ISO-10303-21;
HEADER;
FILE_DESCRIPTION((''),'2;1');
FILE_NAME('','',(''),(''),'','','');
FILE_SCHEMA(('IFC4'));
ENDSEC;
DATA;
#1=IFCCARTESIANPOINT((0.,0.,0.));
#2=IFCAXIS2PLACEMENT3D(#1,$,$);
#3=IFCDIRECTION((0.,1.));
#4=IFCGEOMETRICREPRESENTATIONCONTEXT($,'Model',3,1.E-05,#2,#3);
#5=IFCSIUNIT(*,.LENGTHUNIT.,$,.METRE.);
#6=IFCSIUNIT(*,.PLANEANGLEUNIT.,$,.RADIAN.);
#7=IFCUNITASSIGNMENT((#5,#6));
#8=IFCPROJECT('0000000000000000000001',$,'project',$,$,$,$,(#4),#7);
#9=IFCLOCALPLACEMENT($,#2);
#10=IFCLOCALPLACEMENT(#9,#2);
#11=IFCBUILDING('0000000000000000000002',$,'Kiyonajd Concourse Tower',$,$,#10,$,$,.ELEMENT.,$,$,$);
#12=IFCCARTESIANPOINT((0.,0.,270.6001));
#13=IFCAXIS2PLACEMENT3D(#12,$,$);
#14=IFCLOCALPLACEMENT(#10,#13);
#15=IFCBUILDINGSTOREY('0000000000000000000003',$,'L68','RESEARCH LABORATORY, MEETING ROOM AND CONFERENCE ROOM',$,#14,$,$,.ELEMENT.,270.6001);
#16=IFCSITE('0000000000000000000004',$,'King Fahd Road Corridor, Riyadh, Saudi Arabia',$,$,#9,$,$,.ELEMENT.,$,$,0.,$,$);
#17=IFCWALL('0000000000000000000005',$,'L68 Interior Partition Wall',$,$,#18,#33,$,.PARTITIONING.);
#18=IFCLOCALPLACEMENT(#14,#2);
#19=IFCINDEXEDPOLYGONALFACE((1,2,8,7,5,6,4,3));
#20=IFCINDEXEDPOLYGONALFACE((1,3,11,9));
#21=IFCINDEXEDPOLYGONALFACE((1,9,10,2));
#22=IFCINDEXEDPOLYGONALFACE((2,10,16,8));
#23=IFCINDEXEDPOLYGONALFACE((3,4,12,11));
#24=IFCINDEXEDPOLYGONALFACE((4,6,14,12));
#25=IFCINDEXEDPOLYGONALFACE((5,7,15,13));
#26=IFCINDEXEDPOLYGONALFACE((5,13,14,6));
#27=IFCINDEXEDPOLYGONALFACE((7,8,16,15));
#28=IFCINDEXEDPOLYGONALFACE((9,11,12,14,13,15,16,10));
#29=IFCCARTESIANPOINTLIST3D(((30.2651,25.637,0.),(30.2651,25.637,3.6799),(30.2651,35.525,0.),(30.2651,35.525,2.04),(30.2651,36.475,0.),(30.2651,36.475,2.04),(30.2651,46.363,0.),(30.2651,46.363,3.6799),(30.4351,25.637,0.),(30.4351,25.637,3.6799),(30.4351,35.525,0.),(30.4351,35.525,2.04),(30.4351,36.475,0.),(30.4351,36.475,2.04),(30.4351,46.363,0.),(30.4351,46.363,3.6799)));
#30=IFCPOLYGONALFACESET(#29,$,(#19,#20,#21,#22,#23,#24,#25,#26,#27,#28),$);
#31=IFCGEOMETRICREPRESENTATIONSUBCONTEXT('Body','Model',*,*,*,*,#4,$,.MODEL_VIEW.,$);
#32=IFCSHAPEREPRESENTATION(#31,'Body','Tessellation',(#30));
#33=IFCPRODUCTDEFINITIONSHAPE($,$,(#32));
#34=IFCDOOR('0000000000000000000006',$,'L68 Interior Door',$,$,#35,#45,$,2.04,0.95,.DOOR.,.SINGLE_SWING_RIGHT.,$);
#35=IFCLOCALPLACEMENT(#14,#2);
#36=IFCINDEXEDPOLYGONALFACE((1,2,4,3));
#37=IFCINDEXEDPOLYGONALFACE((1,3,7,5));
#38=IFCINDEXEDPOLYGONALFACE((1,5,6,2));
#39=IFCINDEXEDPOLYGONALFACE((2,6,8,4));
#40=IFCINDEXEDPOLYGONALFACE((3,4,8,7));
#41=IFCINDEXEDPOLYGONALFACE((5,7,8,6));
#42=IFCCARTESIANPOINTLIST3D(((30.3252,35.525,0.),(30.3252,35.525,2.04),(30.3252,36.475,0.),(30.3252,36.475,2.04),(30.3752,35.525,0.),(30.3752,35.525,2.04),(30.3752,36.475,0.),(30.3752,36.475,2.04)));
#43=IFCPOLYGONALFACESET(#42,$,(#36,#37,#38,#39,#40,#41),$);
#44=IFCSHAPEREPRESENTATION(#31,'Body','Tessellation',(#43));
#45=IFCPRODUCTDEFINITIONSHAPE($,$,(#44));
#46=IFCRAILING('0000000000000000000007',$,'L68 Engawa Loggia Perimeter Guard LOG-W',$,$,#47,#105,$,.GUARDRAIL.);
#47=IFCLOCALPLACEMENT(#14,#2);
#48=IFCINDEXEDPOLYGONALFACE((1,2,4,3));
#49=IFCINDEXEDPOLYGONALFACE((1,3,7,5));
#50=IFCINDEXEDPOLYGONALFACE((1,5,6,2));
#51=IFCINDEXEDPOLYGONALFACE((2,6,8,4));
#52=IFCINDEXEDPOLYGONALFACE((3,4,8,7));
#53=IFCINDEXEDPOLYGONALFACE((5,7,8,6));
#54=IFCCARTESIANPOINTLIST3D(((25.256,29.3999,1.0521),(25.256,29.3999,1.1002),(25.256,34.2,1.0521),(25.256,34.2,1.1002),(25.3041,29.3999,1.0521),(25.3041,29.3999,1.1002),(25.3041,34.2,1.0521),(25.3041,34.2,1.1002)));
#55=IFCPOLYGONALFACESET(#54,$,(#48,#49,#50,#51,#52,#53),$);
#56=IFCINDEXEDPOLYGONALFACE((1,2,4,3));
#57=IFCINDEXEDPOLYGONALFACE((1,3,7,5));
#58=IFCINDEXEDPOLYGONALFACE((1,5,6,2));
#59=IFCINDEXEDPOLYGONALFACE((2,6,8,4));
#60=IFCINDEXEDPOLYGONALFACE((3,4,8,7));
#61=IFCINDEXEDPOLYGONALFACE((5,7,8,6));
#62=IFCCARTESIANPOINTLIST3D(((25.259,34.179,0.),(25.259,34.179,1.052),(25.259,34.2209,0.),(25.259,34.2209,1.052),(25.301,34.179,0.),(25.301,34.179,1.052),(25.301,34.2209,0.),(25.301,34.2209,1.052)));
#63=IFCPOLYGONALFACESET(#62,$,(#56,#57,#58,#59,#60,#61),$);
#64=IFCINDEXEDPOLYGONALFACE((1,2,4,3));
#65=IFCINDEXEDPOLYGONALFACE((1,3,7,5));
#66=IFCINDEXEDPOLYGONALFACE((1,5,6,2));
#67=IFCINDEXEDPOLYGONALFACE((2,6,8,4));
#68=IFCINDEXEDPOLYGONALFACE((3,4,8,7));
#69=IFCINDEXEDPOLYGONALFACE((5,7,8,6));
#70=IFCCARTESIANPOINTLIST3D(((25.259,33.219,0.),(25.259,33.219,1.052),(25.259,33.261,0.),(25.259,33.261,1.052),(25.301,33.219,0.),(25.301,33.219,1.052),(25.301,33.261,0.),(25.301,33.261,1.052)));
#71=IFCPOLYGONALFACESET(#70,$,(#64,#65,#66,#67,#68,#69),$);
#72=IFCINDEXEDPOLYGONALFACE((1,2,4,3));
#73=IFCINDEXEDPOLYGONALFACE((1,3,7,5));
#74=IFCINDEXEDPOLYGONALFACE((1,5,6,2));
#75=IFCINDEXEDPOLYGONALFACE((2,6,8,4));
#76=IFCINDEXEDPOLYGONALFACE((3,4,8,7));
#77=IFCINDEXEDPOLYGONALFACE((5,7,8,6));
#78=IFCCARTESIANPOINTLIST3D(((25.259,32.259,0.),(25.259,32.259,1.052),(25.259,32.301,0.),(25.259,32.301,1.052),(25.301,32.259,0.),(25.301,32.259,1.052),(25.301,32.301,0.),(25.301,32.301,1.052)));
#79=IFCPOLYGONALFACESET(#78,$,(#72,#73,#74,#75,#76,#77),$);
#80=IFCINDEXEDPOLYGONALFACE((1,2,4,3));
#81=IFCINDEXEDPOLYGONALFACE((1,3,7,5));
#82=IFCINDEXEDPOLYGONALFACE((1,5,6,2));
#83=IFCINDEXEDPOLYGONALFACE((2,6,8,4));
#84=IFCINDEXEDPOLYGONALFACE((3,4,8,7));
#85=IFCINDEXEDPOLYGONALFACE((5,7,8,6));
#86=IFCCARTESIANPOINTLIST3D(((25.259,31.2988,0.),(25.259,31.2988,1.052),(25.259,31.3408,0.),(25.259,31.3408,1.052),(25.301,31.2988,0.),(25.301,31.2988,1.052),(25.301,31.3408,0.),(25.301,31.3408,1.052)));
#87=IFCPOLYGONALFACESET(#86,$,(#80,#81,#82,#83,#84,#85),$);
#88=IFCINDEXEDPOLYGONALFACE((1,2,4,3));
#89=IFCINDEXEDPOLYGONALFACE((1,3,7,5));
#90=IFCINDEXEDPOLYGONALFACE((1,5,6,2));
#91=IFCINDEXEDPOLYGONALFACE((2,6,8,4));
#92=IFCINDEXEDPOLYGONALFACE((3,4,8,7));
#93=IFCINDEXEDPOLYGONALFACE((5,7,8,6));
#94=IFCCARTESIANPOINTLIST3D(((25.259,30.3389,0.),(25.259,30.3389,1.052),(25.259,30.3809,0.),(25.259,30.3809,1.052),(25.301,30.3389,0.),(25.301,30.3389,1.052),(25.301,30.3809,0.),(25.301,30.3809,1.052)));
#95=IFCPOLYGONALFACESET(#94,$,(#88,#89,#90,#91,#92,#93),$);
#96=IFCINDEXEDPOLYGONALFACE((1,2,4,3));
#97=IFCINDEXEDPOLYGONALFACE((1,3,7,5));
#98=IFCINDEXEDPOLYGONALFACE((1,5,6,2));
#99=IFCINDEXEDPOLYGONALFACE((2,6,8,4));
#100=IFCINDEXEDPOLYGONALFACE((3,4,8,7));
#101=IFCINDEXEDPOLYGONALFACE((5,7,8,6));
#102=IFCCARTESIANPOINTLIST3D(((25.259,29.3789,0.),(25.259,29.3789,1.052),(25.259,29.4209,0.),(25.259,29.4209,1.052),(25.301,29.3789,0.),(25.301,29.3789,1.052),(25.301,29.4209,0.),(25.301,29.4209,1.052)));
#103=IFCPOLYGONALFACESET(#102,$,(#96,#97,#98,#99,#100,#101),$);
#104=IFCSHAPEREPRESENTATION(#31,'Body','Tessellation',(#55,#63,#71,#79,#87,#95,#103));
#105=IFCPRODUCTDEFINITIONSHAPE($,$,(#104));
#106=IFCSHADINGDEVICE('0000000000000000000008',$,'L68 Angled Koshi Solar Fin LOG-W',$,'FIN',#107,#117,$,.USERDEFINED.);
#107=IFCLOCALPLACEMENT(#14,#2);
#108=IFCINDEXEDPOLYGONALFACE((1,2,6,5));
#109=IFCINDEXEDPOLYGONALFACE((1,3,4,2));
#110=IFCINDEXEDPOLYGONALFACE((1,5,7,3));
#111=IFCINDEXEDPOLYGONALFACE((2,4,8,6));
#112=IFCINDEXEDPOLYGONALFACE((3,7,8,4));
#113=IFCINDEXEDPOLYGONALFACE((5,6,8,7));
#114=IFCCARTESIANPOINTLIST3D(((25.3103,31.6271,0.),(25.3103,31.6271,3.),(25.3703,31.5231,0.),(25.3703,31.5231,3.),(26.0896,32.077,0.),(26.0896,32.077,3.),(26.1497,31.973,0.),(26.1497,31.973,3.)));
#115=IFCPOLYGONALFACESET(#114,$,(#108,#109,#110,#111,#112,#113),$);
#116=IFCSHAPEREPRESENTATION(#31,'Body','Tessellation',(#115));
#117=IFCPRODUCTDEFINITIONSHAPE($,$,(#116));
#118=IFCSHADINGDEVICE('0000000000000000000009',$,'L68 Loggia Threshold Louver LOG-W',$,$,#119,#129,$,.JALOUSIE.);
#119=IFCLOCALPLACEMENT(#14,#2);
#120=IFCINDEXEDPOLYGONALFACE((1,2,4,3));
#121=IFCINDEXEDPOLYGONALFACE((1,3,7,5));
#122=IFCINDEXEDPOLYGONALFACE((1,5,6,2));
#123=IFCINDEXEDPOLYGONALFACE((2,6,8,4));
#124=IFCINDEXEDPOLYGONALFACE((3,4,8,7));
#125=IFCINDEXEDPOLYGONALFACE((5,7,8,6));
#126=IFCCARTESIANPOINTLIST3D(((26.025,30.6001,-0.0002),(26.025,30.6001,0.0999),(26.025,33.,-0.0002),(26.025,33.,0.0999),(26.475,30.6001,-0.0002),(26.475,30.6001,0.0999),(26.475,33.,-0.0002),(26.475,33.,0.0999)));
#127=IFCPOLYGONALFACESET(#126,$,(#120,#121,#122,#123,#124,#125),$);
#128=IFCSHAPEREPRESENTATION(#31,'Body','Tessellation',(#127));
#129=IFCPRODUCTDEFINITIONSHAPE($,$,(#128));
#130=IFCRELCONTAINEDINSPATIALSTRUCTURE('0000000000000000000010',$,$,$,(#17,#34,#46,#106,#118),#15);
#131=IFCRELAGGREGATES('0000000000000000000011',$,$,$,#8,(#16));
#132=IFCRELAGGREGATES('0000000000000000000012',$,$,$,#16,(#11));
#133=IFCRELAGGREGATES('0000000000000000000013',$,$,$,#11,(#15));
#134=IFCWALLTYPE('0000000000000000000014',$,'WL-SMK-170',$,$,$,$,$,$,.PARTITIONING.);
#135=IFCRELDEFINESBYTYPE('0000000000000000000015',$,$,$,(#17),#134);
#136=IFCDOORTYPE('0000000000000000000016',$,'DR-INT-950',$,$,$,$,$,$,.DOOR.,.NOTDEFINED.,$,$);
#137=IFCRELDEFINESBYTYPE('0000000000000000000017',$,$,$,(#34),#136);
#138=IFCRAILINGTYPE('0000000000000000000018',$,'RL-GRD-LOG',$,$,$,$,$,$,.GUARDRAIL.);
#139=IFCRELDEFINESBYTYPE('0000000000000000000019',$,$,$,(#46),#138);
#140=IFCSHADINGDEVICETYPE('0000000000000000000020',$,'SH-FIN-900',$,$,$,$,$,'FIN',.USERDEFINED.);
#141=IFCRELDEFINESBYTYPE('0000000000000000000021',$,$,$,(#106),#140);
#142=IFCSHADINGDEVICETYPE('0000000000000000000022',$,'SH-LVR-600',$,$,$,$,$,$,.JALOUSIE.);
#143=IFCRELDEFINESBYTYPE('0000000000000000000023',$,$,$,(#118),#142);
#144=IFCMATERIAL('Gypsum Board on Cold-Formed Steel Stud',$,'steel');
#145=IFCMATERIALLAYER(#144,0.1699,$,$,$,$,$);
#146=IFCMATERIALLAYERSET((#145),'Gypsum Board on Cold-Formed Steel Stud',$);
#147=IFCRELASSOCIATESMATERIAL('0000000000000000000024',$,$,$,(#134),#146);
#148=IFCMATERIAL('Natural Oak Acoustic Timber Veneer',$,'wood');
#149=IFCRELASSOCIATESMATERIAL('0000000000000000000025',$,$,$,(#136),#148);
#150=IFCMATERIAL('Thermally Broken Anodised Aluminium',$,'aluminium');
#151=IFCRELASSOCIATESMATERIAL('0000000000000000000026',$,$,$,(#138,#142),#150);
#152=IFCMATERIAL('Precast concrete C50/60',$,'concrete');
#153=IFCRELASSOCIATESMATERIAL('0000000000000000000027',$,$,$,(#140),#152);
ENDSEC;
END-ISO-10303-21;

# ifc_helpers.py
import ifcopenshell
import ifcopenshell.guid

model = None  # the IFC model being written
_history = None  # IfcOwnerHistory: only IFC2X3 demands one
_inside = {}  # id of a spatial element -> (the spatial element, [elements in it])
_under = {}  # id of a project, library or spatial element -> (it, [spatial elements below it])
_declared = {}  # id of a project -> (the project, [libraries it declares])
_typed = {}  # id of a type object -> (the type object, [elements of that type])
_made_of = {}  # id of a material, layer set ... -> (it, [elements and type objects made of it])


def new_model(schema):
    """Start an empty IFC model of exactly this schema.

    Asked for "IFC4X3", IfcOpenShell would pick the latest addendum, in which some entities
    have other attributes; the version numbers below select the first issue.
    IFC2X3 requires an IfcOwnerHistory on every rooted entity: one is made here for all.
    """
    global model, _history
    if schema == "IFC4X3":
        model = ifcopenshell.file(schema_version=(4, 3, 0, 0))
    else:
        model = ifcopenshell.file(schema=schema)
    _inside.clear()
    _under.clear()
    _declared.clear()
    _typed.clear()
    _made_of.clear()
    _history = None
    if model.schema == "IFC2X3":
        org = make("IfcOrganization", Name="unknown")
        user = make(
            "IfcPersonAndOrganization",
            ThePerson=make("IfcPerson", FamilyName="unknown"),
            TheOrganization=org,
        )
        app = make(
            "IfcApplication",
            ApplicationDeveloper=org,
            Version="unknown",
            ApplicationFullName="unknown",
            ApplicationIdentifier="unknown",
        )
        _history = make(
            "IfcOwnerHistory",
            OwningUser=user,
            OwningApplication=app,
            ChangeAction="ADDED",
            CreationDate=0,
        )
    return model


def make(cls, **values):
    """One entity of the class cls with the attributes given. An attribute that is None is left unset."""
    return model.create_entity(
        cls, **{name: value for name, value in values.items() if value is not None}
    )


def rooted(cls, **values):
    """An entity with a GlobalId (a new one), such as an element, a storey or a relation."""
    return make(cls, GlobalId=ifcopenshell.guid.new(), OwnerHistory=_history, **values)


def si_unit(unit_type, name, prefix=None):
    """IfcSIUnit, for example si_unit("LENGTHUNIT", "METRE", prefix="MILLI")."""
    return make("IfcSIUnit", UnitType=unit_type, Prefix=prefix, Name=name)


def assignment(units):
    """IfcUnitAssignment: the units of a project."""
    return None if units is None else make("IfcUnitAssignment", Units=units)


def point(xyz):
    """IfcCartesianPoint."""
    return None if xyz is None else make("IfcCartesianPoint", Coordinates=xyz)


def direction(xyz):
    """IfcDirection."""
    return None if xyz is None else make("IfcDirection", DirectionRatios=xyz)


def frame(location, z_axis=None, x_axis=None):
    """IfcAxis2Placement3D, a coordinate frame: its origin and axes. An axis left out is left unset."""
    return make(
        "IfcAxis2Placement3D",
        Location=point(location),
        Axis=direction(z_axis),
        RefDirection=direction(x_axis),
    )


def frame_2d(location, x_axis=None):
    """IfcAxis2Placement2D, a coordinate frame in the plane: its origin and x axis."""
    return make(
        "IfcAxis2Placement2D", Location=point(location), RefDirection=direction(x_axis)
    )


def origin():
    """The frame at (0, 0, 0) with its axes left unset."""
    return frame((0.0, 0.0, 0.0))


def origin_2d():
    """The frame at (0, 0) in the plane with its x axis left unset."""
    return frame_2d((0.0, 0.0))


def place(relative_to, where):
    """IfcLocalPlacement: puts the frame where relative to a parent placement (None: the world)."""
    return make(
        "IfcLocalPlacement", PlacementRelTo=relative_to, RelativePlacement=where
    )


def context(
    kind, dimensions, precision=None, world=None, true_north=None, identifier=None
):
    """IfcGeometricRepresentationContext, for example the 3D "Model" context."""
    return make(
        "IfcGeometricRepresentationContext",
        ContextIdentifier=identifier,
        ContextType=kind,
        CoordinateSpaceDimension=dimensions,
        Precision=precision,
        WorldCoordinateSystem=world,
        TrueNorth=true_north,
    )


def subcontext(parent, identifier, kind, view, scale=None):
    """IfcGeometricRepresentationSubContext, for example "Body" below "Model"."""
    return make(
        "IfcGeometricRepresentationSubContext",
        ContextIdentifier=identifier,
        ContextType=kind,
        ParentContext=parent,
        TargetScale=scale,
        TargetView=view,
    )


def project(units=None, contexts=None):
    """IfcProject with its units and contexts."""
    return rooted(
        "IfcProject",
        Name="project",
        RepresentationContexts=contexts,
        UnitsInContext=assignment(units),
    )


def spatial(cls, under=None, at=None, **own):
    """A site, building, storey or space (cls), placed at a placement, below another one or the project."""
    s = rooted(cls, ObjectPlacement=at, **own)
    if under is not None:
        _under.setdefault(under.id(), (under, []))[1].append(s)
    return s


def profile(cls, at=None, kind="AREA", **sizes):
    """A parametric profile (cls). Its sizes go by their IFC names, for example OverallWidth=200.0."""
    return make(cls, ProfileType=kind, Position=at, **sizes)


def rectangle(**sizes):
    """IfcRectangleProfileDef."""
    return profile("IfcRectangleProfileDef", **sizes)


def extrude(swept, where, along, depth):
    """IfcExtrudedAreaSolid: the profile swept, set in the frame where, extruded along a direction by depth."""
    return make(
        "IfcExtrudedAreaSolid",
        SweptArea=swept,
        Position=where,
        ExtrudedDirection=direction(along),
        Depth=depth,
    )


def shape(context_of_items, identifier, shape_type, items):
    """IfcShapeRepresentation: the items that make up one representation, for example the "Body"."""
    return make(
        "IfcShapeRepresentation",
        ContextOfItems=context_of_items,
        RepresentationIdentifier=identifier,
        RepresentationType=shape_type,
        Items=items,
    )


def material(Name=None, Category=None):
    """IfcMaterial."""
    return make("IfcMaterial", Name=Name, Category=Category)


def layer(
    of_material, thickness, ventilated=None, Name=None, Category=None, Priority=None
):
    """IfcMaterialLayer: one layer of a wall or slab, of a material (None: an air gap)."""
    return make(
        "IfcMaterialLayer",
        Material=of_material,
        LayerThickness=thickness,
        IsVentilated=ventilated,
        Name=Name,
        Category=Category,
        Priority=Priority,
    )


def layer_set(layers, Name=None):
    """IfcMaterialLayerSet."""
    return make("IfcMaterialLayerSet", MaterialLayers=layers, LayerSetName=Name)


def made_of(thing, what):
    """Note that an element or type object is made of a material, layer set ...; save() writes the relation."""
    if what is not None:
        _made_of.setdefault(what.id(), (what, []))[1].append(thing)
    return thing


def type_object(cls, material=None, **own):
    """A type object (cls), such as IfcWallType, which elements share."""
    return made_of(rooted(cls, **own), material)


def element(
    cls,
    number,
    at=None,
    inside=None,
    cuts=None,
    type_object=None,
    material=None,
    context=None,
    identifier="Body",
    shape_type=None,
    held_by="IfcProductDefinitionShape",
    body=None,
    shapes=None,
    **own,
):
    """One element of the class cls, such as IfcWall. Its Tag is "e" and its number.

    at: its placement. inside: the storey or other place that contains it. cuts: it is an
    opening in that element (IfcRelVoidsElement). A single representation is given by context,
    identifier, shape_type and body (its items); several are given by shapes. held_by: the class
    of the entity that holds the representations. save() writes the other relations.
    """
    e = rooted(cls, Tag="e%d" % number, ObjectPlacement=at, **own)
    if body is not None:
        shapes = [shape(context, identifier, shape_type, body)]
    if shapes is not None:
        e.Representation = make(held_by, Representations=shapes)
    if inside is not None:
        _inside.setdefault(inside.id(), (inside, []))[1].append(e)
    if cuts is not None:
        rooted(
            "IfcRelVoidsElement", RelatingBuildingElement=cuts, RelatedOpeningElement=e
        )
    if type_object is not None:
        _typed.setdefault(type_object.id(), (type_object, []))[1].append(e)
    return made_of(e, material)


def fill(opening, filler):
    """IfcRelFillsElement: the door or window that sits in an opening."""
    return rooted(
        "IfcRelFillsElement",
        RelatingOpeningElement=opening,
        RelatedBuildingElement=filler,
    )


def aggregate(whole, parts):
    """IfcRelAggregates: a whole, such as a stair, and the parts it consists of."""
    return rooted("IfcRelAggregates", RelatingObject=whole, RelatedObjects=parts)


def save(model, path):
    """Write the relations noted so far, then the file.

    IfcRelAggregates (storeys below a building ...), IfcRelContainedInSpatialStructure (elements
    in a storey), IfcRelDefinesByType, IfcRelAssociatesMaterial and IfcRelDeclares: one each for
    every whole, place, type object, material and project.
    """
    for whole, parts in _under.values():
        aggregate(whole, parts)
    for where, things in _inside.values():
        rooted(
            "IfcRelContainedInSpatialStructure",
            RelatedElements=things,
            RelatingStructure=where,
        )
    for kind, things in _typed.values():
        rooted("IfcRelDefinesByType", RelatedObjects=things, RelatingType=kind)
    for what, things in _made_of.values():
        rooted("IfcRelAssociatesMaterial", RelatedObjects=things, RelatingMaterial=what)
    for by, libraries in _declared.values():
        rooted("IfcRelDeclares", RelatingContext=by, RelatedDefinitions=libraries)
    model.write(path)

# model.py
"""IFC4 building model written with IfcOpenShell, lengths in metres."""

from ifc_helpers import new_model, si_unit, direction, frame, frame_2d, origin, origin_2d, place, context, subcontext, project, spatial, rectangle, extrude, material, layer, layer_set, type_object, element, fill, save


model = new_model("IFC4")

# Units and contexts
model_context = context("Model", 3, precision=1e-05, world=origin(), true_north=direction((0.0, 1.0)))
body_context = subcontext(model_context, "Body", "Model", "MODEL_VIEW")
ifc_project = project(units=[si_unit("LENGTHUNIT", "METRE"), si_unit("PLANEANGLEUNIT", "RADIAN")], contexts=[model_context])

# Site, building, storey
site_placement = place(None, origin())
site = spatial("IfcSite", under=ifc_project, at=site_placement, Name="King Fahd Road Corridor, Riyadh, Saudi Arabia", CompositionType="ELEMENT", RefElevation=0.0)
building_placement = place(site_placement, origin())
building = spatial("IfcBuilding", under=site, at=building_placement, Name="Kiyonajd Concourse Tower", CompositionType="ELEMENT")
storey_placement = place(building_placement, frame((0.0, 0.0, 270.6001)))
storey = spatial("IfcBuildingStorey", under=building, at=storey_placement, Name="L68", Description="RESEARCH LABORATORY, MEETING ROOM AND CONFERENCE ROOM", CompositionType="ELEMENT", Elevation=270.6001)

# Shared definitions
ifc_material_1 = material(Name="Thermally Broken Anodised Aluminium", Category="aluminium")

# Shared definitions
ifc_material_2 = material(Name="Precast concrete C50/60", Category="concrete")

# Shared definitions
ifc_material_3 = material(Name="Gypsum Board on Cold-Formed Steel Stud", Category="steel")
ifc_layer_1 = layer(ifc_material_3, 0.1699)
ifc_layer_set_1 = layer_set([ifc_layer_1], Name="Gypsum Board on Cold-Formed Steel Stud")
wall_type_1 = type_object("IfcWallType", Name="WL-SMK-170", PredefinedType="PARTITIONING", material=ifc_layer_set_1)
ifc_material_4 = material(Name="Natural Oak Acoustic Timber Veneer", Category="wood")
door_type_1 = type_object("IfcDoorType", Name="DR-INT-950", OperationType="NOTDEFINED", PredefinedType="DOOR", material=ifc_material_4)

# Wall, opening, door
wall_1_placement = place(storey_placement, frame((30.3501, 25.637, 0.0), z_axis=(0.0, 0.0, 1.0), x_axis=(0.0, 1.0, 0.0)))
wall_1 = element("IfcWall", 1, at=wall_1_placement, inside=storey, type_object=wall_type_1, Name="L68 Interior Partition Wall", PredefinedType="PARTITIONING", context=body_context, shape_type="SweptSolid", body=[
    extrude(rectangle(XDim=20.7261, YDim=0.1699, at=frame_2d((10.363, 0.0))), origin(), (0.0, 0.0, 1.0), 3.6799),
])
opening_1_placement = place(wall_1_placement, frame((9.8879, 0.0, 0.0)))
opening_1 = element("IfcOpeningElement", 2, at=opening_1_placement, cuts=wall_1, PredefinedType="OPENING", context=body_context, shape_type="SweptSolid", body=[
    extrude(rectangle(XDim=0.95, YDim=2.04, at=frame_2d((0.4751, 1.02))), frame((0.0, 0.095, 0.0), z_axis=(0.0, -1.0, 0.0), x_axis=(1.0, 0.0, 0.0)), (0.0, 0.0, 1.0), 0.1899),
])
door_1_placement = place(opening_1_placement, origin())
door_1 = element("IfcDoor", 3, at=door_1_placement, inside=storey, type_object=door_type_1, Name="L68 Interior Door", OperationType="SINGLE_SWING_RIGHT", OverallHeight=2.04, OverallWidth=0.95, PredefinedType="DOOR", context=body_context, shape_type="SweptSolid", body=[
    extrude(rectangle(XDim=0.95, YDim=2.04, at=frame_2d((0.4751, 1.02))), frame((0.0, 0.0249, 0.0), z_axis=(0.0, -1.0, 0.0), x_axis=(1.0, 0.0, 0.0)), (0.0, 0.0, 1.0), 0.05),
])
fill(opening_1, door_1)

# Railing
railing_type = type_object("IfcRailingType", Name="RL-GRD-LOG", PredefinedType="GUARDRAIL", material=ifc_material_1)
railing_placement = place(storey_placement, frame((25.28, 34.2, 0.0)))
element("IfcRailing", 4, at=railing_placement, inside=storey, type_object=railing_type, Name="L68 Engawa Loggia Perimeter Guard LOG-W", PredefinedType="GUARDRAIL", context=body_context, shape_type="SweptSolid", body=[
    extrude(rectangle(XDim=0.0481, YDim=0.0481, at=origin_2d()), frame((0.0, 0.0, 1.0762), z_axis=(0.0, -1.0, 0.0), x_axis=(1.0, 0.0, 0.0)), (0.0, 0.0, 1.0), 4.8),
    extrude(rectangle(XDim=0.042, YDim=0.042, at=origin_2d()), origin(), (0.0, 0.0, 1.0), 1.052),
    extrude(rectangle(XDim=0.042, YDim=0.042, at=origin_2d()), frame((0.0, -0.96, 0.0)), (0.0, 0.0, 1.0), 1.052),
    extrude(rectangle(XDim=0.042, YDim=0.042, at=origin_2d()), frame((0.0, -1.9199, 0.0)), (0.0, 0.0, 1.0), 1.052),
    extrude(rectangle(XDim=0.042, YDim=0.042, at=origin_2d()), frame((0.0, -2.8801, 0.0)), (0.0, 0.0, 1.0), 1.052),
    extrude(rectangle(XDim=0.042, YDim=0.042, at=origin_2d()), frame((0.0, -3.8401, 0.0)), (0.0, 0.0, 1.0), 1.052),
    extrude(rectangle(XDim=0.042, YDim=0.042, at=origin_2d()), frame((0.0, -4.8, 0.0)), (0.0, 0.0, 1.0), 1.052),
])

# Shading devices
shading_device_type_1 = type_object("IfcShadingDeviceType", Name="SH-FIN-900", ElementType="FIN", PredefinedType="USERDEFINED", material=ifc_material_2)
shading_device_1_placement = place(storey_placement, frame((25.73, 31.8, 0.0), z_axis=(0.0, 0.0, 1.0), x_axis=(0.866025, 0.5, 0.0)))
element("IfcShadingDevice", 5, at=shading_device_1_placement, inside=storey, type_object=shading_device_type_1, Name="L68 Angled Koshi Solar Fin LOG-W", ObjectType="FIN", PredefinedType="USERDEFINED", context=body_context, shape_type="SweptSolid", body=[
    extrude(rectangle(XDim=0.8999, YDim=0.1201, at=origin_2d()), origin(), (0.0, 0.0, 1.0), 3.0),
])
shading_device_type_2 = type_object("IfcShadingDeviceType", Name="SH-LVR-600", PredefinedType="JALOUSIE", material=ifc_material_1)
shading_device_2_placement = place(storey_placement, frame((26.25, 31.8, -0.0002), z_axis=(0.0, 0.0, 1.0), x_axis=(0.0, 1.0, 0.0)))
element("IfcShadingDevice", 6, at=shading_device_2_placement, inside=storey, type_object=shading_device_type_2, Name="L68 Loggia Threshold Louver LOG-W", PredefinedType="JALOUSIE", context=body_context, shape_type="SweptSolid", body=[
    extrude(rectangle(XDim=2.3999, YDim=0.45, at=origin_2d()), origin(), (0.0, 0.0, 1.0), 0.1001),
])

save(model, "model.ifc")
